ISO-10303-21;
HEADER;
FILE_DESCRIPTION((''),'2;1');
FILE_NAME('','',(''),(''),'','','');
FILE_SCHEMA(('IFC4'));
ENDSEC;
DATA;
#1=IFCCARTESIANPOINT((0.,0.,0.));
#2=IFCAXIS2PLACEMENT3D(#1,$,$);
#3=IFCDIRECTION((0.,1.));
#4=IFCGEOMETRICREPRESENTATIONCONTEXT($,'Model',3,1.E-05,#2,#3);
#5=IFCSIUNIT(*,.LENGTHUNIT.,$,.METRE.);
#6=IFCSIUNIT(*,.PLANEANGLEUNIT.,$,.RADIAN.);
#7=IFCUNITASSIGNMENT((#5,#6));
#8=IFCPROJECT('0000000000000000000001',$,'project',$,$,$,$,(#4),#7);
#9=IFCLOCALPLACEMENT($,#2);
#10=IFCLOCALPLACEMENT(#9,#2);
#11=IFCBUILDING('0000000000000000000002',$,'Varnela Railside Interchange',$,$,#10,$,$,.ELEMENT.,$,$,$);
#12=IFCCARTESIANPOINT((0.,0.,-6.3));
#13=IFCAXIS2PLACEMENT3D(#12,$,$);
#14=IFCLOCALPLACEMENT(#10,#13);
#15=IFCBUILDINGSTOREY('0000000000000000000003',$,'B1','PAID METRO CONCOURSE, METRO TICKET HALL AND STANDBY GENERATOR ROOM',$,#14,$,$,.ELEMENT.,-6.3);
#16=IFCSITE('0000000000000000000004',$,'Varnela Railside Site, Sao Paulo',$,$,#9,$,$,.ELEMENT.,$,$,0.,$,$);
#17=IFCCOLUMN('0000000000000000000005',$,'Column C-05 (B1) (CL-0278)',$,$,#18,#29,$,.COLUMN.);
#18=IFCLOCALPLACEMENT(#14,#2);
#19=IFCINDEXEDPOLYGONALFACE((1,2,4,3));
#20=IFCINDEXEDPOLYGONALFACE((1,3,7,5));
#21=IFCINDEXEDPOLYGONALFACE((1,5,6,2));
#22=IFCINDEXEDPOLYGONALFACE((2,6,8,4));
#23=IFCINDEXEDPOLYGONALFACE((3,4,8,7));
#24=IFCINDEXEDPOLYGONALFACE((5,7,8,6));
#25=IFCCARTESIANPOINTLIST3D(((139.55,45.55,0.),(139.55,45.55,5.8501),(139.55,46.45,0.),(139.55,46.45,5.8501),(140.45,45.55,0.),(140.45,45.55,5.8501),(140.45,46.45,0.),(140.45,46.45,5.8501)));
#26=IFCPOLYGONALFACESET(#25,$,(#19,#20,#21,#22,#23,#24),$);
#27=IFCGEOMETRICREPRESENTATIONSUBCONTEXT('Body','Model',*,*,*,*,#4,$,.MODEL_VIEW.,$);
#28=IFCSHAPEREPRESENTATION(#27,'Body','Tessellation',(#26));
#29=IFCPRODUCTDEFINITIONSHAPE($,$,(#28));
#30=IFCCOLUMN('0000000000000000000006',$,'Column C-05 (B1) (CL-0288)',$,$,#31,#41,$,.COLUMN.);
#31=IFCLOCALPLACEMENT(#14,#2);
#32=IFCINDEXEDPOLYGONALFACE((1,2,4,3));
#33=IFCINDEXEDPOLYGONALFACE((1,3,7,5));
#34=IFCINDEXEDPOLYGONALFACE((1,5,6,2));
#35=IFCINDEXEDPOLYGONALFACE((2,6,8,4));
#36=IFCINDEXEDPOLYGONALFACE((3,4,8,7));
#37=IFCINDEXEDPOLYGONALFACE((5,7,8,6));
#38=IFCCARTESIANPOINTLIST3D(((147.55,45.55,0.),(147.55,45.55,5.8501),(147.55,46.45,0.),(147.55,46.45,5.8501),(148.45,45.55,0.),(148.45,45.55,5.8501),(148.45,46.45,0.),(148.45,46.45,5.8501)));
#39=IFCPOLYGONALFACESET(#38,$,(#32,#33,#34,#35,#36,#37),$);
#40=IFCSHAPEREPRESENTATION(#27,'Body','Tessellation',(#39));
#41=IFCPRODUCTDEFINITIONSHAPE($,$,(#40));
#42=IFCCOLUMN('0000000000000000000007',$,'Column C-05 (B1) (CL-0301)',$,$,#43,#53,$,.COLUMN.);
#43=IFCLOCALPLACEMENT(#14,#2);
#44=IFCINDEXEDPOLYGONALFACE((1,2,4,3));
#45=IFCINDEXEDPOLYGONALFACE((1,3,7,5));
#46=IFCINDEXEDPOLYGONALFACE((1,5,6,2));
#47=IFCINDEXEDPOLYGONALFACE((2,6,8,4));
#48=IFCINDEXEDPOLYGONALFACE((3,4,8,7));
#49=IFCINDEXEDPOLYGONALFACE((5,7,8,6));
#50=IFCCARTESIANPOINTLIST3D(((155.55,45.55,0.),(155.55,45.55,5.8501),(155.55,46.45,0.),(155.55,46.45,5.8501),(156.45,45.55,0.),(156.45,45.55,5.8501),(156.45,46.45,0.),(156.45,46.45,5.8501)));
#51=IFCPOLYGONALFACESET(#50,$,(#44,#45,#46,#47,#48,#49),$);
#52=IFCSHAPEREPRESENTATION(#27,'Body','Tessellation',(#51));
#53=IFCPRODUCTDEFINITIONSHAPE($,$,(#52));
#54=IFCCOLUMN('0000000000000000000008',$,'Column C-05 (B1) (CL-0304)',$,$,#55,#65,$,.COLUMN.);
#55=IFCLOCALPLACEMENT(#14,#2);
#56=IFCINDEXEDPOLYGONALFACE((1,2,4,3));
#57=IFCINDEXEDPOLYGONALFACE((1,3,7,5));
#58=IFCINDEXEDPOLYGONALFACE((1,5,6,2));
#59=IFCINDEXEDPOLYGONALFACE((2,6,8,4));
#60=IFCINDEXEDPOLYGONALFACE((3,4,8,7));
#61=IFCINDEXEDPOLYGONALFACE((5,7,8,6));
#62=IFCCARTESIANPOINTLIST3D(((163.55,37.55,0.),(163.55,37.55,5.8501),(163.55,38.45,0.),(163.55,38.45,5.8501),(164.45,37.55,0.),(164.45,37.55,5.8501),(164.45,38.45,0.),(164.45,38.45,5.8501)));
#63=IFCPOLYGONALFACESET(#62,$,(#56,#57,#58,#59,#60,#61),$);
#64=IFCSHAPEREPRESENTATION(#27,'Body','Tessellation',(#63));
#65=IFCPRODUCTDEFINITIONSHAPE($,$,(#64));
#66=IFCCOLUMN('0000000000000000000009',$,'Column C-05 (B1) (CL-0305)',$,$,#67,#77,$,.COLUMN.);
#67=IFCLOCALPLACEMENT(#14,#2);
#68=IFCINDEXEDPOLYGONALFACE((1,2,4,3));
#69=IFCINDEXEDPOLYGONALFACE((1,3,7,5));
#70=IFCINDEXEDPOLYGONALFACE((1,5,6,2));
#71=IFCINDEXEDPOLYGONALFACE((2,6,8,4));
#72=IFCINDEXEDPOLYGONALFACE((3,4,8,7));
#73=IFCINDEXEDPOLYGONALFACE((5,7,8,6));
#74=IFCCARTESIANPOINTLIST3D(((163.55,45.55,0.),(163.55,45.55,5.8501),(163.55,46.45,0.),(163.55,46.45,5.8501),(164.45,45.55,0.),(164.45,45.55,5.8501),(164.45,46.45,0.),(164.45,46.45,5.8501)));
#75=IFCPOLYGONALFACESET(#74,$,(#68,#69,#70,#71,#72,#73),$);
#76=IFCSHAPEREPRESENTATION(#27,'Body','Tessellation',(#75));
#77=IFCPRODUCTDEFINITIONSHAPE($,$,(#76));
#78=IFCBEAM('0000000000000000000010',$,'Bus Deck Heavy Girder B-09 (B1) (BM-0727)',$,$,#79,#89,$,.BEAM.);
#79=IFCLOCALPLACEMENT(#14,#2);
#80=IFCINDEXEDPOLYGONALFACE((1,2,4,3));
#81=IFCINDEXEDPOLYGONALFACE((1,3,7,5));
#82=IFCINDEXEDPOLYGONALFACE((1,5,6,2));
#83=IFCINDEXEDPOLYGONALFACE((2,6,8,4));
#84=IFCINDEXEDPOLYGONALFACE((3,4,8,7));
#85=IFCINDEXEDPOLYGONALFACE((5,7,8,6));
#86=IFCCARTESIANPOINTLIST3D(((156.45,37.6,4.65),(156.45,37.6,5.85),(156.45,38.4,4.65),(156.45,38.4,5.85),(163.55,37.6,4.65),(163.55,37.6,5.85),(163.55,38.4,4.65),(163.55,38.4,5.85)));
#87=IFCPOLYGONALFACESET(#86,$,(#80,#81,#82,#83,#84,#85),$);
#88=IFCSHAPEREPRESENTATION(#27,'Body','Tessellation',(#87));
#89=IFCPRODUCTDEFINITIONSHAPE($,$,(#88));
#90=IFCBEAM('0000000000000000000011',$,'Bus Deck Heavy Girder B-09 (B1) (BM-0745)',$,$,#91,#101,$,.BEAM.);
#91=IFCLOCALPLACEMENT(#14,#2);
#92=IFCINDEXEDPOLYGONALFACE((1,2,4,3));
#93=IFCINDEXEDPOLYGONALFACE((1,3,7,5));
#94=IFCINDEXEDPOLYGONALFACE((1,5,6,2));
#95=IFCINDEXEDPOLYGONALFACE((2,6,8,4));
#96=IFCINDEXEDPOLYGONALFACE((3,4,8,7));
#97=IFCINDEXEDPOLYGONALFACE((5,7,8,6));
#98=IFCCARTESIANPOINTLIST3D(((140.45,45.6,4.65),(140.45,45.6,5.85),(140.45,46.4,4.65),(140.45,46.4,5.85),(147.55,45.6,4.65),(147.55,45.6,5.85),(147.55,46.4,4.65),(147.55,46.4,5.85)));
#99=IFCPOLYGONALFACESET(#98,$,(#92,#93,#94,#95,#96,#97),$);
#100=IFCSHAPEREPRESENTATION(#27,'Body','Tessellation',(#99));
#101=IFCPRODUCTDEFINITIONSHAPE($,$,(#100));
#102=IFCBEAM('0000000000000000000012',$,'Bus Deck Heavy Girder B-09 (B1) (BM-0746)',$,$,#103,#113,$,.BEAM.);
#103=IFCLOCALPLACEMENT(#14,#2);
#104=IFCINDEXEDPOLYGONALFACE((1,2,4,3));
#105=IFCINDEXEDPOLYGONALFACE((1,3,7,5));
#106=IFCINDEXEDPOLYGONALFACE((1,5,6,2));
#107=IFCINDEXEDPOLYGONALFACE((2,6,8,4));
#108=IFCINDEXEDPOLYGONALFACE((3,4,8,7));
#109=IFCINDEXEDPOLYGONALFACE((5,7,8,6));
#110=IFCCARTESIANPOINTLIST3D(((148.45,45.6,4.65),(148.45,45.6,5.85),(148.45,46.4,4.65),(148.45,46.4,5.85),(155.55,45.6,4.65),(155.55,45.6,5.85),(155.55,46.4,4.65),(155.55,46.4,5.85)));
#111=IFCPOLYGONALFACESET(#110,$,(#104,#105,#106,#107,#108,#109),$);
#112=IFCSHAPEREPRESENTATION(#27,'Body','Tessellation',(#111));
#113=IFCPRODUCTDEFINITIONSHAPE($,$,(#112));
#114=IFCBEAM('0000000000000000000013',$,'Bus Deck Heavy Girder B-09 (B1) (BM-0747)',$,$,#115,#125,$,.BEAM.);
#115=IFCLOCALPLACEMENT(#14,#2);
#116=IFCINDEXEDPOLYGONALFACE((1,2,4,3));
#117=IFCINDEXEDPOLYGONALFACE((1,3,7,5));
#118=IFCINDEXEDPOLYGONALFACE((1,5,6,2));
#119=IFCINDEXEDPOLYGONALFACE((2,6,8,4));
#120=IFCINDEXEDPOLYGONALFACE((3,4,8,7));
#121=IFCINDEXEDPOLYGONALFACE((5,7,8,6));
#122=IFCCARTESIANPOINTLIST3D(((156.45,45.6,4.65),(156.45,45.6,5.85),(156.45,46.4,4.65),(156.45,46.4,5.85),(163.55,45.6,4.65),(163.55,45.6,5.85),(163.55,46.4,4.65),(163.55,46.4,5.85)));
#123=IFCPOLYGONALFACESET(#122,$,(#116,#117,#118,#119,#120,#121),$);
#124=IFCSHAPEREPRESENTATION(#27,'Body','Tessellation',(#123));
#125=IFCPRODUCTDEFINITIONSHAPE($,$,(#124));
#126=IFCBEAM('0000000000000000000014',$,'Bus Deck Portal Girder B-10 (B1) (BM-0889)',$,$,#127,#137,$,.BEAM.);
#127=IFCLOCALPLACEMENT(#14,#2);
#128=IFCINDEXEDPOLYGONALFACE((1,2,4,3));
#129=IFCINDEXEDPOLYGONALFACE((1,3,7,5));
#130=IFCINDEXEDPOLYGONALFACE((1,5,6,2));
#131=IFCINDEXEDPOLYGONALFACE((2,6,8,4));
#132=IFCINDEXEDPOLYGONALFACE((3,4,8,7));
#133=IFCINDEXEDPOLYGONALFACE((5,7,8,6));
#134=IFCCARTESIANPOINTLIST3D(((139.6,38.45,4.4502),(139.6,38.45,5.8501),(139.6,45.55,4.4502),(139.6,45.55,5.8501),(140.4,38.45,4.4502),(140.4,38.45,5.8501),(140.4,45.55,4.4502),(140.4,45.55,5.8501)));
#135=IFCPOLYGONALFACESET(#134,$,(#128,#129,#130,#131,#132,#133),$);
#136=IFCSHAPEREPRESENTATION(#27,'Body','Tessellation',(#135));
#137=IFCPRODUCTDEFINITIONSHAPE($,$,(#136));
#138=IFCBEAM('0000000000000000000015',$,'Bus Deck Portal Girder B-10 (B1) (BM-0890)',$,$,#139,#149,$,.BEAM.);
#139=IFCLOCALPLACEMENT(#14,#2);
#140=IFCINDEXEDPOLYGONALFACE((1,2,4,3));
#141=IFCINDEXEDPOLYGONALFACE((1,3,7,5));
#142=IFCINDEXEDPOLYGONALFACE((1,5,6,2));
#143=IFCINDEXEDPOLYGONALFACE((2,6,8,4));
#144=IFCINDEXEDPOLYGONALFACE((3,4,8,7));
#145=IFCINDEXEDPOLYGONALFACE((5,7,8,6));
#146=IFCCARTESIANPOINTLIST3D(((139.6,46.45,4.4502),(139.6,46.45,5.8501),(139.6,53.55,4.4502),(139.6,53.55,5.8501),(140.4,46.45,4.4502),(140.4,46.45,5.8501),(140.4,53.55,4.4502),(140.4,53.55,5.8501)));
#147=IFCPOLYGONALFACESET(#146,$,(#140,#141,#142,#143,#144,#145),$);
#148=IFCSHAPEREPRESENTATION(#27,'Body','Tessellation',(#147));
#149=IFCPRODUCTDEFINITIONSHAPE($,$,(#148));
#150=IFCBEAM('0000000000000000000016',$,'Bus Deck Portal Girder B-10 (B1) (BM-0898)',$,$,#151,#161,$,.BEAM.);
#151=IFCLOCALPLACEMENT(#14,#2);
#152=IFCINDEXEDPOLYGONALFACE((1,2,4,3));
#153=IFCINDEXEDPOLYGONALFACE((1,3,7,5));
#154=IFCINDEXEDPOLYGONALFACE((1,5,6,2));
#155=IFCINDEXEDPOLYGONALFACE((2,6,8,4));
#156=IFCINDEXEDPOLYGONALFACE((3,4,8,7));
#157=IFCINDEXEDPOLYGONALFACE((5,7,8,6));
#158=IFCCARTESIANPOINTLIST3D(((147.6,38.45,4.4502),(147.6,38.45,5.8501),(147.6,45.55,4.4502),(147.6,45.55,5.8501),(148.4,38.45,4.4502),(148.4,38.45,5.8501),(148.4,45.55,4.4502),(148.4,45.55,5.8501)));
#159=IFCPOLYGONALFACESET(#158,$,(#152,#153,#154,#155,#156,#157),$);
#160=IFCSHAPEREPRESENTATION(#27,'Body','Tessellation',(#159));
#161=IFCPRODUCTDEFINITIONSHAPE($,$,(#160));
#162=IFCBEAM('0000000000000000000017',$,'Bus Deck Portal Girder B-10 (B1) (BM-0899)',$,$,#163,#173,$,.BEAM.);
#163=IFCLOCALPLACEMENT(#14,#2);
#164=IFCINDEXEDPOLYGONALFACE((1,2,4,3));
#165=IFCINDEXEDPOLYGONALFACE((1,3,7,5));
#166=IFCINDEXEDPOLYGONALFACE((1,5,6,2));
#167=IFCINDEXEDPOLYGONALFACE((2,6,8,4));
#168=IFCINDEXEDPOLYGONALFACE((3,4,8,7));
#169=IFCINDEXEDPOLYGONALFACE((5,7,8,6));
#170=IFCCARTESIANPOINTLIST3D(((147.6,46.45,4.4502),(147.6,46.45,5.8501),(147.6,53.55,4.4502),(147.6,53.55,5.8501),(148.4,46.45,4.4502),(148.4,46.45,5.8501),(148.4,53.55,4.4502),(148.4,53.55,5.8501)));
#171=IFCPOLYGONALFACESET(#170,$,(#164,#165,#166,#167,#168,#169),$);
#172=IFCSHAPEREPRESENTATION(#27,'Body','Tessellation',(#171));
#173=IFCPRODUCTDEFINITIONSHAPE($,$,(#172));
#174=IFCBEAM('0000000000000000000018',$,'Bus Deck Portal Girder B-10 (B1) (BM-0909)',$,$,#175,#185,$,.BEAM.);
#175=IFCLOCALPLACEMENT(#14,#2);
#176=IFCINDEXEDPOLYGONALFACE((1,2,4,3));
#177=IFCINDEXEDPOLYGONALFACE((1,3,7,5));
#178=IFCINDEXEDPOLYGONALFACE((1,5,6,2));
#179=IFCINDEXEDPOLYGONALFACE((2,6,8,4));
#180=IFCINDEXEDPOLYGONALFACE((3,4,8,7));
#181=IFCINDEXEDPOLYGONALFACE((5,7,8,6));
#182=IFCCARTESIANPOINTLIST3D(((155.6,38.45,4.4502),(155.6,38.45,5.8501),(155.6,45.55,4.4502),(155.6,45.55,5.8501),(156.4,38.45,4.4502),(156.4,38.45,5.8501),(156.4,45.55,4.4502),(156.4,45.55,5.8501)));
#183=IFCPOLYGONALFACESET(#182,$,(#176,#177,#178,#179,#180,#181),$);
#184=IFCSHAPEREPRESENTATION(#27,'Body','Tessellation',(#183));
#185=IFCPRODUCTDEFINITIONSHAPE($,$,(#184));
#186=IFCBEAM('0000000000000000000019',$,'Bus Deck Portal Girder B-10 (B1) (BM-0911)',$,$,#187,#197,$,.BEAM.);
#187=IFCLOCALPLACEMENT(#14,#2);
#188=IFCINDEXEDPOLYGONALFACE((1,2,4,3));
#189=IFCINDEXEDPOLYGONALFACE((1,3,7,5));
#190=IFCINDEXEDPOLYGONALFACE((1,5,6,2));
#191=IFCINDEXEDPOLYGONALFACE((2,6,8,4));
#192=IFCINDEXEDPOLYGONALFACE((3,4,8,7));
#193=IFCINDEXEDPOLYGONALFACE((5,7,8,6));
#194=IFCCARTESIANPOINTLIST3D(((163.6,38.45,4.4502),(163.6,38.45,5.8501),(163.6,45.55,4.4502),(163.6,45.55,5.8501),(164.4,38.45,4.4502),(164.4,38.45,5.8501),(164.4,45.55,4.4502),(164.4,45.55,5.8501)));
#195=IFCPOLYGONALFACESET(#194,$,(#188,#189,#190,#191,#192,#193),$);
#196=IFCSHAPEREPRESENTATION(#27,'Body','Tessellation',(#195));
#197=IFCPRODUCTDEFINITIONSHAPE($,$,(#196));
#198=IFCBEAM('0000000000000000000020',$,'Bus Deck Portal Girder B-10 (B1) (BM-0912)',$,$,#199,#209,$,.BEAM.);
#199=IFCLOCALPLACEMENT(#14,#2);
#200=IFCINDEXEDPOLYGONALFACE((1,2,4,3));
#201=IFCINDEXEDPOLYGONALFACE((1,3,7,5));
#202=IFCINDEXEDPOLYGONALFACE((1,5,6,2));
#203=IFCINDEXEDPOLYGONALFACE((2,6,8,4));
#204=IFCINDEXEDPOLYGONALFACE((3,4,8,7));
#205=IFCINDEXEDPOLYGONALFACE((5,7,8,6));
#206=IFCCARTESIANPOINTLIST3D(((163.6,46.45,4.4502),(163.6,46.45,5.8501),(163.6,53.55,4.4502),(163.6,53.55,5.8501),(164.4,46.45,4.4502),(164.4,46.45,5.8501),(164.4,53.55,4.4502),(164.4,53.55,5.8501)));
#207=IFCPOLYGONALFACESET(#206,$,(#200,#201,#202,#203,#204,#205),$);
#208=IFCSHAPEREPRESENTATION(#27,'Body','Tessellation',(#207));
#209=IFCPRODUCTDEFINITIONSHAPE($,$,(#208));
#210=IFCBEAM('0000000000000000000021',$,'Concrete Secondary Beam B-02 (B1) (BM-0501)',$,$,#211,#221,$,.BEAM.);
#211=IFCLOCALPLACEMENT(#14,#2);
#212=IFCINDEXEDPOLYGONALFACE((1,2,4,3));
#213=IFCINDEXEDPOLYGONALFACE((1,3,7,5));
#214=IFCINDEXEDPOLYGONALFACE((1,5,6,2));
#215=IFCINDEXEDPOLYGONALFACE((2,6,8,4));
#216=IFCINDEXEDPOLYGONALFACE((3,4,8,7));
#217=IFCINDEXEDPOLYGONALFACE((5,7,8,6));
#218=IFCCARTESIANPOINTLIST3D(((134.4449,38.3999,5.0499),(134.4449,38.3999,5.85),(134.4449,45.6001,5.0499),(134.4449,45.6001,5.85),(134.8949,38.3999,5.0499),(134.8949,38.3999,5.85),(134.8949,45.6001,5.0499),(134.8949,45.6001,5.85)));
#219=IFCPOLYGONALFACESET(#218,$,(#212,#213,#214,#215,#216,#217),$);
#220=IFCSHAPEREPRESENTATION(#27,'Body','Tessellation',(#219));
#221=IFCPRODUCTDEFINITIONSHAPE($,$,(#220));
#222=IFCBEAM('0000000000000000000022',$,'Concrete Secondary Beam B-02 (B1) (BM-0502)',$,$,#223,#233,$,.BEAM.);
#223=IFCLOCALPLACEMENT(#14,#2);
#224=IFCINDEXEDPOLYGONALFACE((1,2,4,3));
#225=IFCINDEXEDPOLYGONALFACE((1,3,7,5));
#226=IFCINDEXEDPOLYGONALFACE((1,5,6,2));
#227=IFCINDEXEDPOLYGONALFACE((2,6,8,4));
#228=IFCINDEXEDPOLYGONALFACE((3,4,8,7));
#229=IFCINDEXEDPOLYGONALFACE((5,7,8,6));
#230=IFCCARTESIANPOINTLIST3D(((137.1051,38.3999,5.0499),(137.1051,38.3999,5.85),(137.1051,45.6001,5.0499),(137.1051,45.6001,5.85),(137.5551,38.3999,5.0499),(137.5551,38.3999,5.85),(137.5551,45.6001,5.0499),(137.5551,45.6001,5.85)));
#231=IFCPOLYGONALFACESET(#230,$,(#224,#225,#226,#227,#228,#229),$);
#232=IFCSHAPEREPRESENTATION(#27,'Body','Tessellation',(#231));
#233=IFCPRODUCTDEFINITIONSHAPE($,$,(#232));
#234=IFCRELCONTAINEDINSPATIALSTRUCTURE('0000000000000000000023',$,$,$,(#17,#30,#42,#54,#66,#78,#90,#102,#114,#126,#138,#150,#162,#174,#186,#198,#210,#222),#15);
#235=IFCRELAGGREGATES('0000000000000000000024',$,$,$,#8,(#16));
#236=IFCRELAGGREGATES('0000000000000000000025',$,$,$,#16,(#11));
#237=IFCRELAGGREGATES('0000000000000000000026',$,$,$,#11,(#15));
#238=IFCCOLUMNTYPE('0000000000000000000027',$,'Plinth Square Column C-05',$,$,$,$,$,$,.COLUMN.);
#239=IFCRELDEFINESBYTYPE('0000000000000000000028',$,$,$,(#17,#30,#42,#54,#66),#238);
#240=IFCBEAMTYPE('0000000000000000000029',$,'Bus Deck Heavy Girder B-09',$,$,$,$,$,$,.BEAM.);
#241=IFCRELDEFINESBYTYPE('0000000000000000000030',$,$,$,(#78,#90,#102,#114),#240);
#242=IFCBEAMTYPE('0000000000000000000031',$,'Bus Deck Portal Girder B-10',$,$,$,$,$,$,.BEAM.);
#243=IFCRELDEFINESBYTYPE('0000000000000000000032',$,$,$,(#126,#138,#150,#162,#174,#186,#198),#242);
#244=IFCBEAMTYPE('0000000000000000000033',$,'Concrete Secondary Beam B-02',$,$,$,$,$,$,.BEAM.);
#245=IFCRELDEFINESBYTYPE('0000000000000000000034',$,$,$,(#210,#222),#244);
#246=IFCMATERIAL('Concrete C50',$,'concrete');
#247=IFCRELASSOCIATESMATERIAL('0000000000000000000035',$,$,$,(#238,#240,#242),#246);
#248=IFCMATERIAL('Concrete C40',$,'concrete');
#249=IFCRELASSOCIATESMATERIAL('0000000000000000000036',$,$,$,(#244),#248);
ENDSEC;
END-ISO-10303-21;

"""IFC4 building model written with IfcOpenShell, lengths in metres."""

from ifc_helpers import new_model, si_unit, direction, frame, origin, origin_2d, place, context, subcontext, project, spatial, rectangle, extrude, material, material_profile, profile_set, type_object, element, save


model = new_model("IFC4")

# Units and contexts
model_context = context("Model", 3, precision=1e-05, world=origin(), true_north=direction((0.0, 1.0)))
body_context = subcontext(model_context, "Body", "Model", "MODEL_VIEW")
ifc_project = project(units=[si_unit("LENGTHUNIT", "METRE"), si_unit("PLANEANGLEUNIT", "RADIAN")], contexts=[model_context])

# Site, building, storey
site_placement = place(None, origin())
site = spatial("IfcSite", under=ifc_project, at=site_placement, Name="Varnela Railside Site, Sao Paulo", CompositionType="ELEMENT", RefElevation=0.0)
building_placement = place(site_placement, origin())
building = spatial("IfcBuilding", under=site, at=building_placement, Name="Varnela Railside Interchange", CompositionType="ELEMENT")
storey_placement = place(building_placement, frame((0.0, 0.0, -6.3)))
storey = spatial("IfcBuildingStorey", under=building, at=storey_placement, Name="B1", Description="PAID METRO CONCOURSE, METRO TICKET HALL AND STANDBY GENERATOR ROOM", CompositionType="ELEMENT", Elevation=-6.3)

# Columns
ifc_material_1 = material(Name="Concrete C50", Category="concrete")
ifc_material_profile_1 = material_profile(ifc_material_1, rectangle(XDim=0.8999, YDim=0.8999, at=origin_2d()), Name="RC 900x900")
ifc_profile_set_1 = profile_set([ifc_material_profile_1], Name="Concrete C50")
column_type = type_object("IfcColumnType", Name="Plinth Square Column C-05", PredefinedType="COLUMN", material=ifc_profile_set_1)
for number, where, z_axis, x_axis, name in (
    (1, (140.0, 46.0, 0.0), (0.0, 0.0, 1.0), (1.0, 0.0, 0.0), "Column C-05 (B1) (CL-0278)"),
    (2, (148.0, 46.0, 0.0), (0.0, 0.0, 1.0), (1.0, 0.0, 0.0), "Column C-05 (B1) (CL-0288)"),
    (3, (156.0, 46.0, 0.0), (0.0, 0.0, 1.0), (1.0, 0.0, 0.0), "Column C-05 (B1) (CL-0301)"),
    (4, (164.0, 38.0, 0.0), (0.0, 0.0, 1.0), (1.0, 0.0, 0.0), "Column C-05 (B1) (CL-0304)"),
    (5, (164.0, 46.0, 0.0), (0.0, 0.0, 1.0), (1.0, 0.0, 0.0), "Column C-05 (B1) (CL-0305)"),
):
    element("IfcColumn", number, at=place(storey_placement, frame(where, z_axis=z_axis, x_axis=x_axis)), inside=storey, type_object=column_type, Name=name, PredefinedType="COLUMN", context=body_context, shape_type="SweptSolid", body=[
        extrude(rectangle(XDim=0.8999, YDim=0.8999, at=origin_2d()), origin(), (0.0, 0.0, 1.0), 5.8501),
    ])

# Beams
ifc_material_profile_2 = material_profile(ifc_material_1, rectangle(XDim=0.8, YDim=1.2, at=origin_2d()), Name="RC 800x1200")
ifc_profile_set_2 = profile_set([ifc_material_profile_2], Name="Concrete C50")
beam_type_1 = type_object("IfcBeamType", Name="Bus Deck Heavy Girder B-09", PredefinedType="BEAM", material=ifc_profile_set_2)
for number, where, z_axis, x_axis, name in (
    (6, (156.45, 38.0, 5.25), (1.0, 0.0, 0.0), (0.0, 1.0, 0.0), "Bus Deck Heavy Girder B-09 (B1) (BM-0727)"),
    (7, (140.45, 46.0, 5.25), (1.0, 0.0, 0.0), (0.0, 1.0, 0.0), "Bus Deck Heavy Girder B-09 (B1) (BM-0745)"),
    (8, (148.45, 46.0, 5.25), (1.0, 0.0, 0.0), (0.0, 1.0, 0.0), "Bus Deck Heavy Girder B-09 (B1) (BM-0746)"),
    (9, (156.45, 46.0, 5.25), (1.0, 0.0, 0.0), (0.0, 1.0, 0.0), "Bus Deck Heavy Girder B-09 (B1) (BM-0747)"),
):
    element("IfcBeam", number, at=place(storey_placement, frame(where, z_axis=z_axis, x_axis=x_axis)), inside=storey, type_object=beam_type_1, Name=name, PredefinedType="BEAM", context=body_context, shape_type="SweptSolid", body=[
        extrude(rectangle(XDim=0.8, YDim=1.2, at=origin_2d()), origin(), (0.0, 0.0, 1.0), 7.1001),
    ])
ifc_material_profile_3 = material_profile(ifc_material_1, rectangle(XDim=0.8, YDim=1.3999, at=origin_2d()), Name="RC 800x1400")
ifc_profile_set_3 = profile_set([ifc_material_profile_3], Name="Concrete C50")
beam_type_2 = type_object("IfcBeamType", Name="Bus Deck Portal Girder B-10", PredefinedType="BEAM", material=ifc_profile_set_3)
for number, where, z_axis, x_axis, name in (
    (10, (140.0, 38.45, 5.1501), (0.0, 1.0, 0.0), (-1.0, 0.0, 0.0), "Bus Deck Portal Girder B-10 (B1) (BM-0889)"),
    (11, (140.0, 46.45, 5.1501), (0.0, 1.0, 0.0), (-1.0, 0.0, 0.0), "Bus Deck Portal Girder B-10 (B1) (BM-0890)"),
    (12, (148.0, 38.45, 5.1501), (0.0, 1.0, 0.0), (-1.0, 0.0, 0.0), "Bus Deck Portal Girder B-10 (B1) (BM-0898)"),
    (13, (148.0, 46.45, 5.1501), (0.0, 1.0, 0.0), (-1.0, 0.0, 0.0), "Bus Deck Portal Girder B-10 (B1) (BM-0899)"),
    (14, (156.0, 38.45, 5.1501), (0.0, 1.0, 0.0), (-1.0, 0.0, 0.0), "Bus Deck Portal Girder B-10 (B1) (BM-0909)"),
    (15, (164.0, 38.45, 5.1501), (0.0, 1.0, 0.0), (-1.0, 0.0, 0.0), "Bus Deck Portal Girder B-10 (B1) (BM-0911)"),
    (16, (164.0, 46.45, 5.1501), (0.0, 1.0, 0.0), (-1.0, 0.0, 0.0), "Bus Deck Portal Girder B-10 (B1) (BM-0912)"),
):
    element("IfcBeam", number, at=place(storey_placement, frame(where, z_axis=z_axis, x_axis=x_axis)), inside=storey, type_object=beam_type_2, Name=name, PredefinedType="BEAM", context=body_context, shape_type="SweptSolid", body=[
        extrude(rectangle(XDim=0.8, YDim=1.3999, at=origin_2d()), origin(), (0.0, 0.0, 1.0), 7.1001),
    ])
ifc_material_2 = material(Name="Concrete C40", Category="concrete")
ifc_material_profile_4 = material_profile(ifc_material_2, rectangle(XDim=0.45, YDim=0.8, at=origin_2d()), Name="RC 450x800")
ifc_profile_set_4 = profile_set([ifc_material_profile_4], Name="Concrete C40")
beam_type_3 = type_object("IfcBeamType", Name="Concrete Secondary Beam B-02", PredefinedType="BEAM", material=ifc_profile_set_4)
for number, where, z_axis, x_axis, name in (
    (17, (134.6699, 38.3999, 5.45), (0.0, 1.0, 0.0), (-1.0, 0.0, 0.0), "Concrete Secondary Beam B-02 (B1) (BM-0501)"),
    (18, (137.3301, 38.3999, 5.45), (0.0, 1.0, 0.0), (-1.0, 0.0, 0.0), "Concrete Secondary Beam B-02 (B1) (BM-0502)"),
):
    element("IfcBeam", number, at=place(storey_placement, frame(where, z_axis=z_axis, x_axis=x_axis)), inside=storey, type_object=beam_type_3, Name=name, PredefinedType="BEAM", context=body_context, shape_type="SweptSolid", body=[
        extrude(rectangle(XDim=0.45, YDim=0.8, at=origin_2d()), origin(), (0.0, 0.0, 1.0), 7.2002),
    ])

save(model, "model.ifc")
